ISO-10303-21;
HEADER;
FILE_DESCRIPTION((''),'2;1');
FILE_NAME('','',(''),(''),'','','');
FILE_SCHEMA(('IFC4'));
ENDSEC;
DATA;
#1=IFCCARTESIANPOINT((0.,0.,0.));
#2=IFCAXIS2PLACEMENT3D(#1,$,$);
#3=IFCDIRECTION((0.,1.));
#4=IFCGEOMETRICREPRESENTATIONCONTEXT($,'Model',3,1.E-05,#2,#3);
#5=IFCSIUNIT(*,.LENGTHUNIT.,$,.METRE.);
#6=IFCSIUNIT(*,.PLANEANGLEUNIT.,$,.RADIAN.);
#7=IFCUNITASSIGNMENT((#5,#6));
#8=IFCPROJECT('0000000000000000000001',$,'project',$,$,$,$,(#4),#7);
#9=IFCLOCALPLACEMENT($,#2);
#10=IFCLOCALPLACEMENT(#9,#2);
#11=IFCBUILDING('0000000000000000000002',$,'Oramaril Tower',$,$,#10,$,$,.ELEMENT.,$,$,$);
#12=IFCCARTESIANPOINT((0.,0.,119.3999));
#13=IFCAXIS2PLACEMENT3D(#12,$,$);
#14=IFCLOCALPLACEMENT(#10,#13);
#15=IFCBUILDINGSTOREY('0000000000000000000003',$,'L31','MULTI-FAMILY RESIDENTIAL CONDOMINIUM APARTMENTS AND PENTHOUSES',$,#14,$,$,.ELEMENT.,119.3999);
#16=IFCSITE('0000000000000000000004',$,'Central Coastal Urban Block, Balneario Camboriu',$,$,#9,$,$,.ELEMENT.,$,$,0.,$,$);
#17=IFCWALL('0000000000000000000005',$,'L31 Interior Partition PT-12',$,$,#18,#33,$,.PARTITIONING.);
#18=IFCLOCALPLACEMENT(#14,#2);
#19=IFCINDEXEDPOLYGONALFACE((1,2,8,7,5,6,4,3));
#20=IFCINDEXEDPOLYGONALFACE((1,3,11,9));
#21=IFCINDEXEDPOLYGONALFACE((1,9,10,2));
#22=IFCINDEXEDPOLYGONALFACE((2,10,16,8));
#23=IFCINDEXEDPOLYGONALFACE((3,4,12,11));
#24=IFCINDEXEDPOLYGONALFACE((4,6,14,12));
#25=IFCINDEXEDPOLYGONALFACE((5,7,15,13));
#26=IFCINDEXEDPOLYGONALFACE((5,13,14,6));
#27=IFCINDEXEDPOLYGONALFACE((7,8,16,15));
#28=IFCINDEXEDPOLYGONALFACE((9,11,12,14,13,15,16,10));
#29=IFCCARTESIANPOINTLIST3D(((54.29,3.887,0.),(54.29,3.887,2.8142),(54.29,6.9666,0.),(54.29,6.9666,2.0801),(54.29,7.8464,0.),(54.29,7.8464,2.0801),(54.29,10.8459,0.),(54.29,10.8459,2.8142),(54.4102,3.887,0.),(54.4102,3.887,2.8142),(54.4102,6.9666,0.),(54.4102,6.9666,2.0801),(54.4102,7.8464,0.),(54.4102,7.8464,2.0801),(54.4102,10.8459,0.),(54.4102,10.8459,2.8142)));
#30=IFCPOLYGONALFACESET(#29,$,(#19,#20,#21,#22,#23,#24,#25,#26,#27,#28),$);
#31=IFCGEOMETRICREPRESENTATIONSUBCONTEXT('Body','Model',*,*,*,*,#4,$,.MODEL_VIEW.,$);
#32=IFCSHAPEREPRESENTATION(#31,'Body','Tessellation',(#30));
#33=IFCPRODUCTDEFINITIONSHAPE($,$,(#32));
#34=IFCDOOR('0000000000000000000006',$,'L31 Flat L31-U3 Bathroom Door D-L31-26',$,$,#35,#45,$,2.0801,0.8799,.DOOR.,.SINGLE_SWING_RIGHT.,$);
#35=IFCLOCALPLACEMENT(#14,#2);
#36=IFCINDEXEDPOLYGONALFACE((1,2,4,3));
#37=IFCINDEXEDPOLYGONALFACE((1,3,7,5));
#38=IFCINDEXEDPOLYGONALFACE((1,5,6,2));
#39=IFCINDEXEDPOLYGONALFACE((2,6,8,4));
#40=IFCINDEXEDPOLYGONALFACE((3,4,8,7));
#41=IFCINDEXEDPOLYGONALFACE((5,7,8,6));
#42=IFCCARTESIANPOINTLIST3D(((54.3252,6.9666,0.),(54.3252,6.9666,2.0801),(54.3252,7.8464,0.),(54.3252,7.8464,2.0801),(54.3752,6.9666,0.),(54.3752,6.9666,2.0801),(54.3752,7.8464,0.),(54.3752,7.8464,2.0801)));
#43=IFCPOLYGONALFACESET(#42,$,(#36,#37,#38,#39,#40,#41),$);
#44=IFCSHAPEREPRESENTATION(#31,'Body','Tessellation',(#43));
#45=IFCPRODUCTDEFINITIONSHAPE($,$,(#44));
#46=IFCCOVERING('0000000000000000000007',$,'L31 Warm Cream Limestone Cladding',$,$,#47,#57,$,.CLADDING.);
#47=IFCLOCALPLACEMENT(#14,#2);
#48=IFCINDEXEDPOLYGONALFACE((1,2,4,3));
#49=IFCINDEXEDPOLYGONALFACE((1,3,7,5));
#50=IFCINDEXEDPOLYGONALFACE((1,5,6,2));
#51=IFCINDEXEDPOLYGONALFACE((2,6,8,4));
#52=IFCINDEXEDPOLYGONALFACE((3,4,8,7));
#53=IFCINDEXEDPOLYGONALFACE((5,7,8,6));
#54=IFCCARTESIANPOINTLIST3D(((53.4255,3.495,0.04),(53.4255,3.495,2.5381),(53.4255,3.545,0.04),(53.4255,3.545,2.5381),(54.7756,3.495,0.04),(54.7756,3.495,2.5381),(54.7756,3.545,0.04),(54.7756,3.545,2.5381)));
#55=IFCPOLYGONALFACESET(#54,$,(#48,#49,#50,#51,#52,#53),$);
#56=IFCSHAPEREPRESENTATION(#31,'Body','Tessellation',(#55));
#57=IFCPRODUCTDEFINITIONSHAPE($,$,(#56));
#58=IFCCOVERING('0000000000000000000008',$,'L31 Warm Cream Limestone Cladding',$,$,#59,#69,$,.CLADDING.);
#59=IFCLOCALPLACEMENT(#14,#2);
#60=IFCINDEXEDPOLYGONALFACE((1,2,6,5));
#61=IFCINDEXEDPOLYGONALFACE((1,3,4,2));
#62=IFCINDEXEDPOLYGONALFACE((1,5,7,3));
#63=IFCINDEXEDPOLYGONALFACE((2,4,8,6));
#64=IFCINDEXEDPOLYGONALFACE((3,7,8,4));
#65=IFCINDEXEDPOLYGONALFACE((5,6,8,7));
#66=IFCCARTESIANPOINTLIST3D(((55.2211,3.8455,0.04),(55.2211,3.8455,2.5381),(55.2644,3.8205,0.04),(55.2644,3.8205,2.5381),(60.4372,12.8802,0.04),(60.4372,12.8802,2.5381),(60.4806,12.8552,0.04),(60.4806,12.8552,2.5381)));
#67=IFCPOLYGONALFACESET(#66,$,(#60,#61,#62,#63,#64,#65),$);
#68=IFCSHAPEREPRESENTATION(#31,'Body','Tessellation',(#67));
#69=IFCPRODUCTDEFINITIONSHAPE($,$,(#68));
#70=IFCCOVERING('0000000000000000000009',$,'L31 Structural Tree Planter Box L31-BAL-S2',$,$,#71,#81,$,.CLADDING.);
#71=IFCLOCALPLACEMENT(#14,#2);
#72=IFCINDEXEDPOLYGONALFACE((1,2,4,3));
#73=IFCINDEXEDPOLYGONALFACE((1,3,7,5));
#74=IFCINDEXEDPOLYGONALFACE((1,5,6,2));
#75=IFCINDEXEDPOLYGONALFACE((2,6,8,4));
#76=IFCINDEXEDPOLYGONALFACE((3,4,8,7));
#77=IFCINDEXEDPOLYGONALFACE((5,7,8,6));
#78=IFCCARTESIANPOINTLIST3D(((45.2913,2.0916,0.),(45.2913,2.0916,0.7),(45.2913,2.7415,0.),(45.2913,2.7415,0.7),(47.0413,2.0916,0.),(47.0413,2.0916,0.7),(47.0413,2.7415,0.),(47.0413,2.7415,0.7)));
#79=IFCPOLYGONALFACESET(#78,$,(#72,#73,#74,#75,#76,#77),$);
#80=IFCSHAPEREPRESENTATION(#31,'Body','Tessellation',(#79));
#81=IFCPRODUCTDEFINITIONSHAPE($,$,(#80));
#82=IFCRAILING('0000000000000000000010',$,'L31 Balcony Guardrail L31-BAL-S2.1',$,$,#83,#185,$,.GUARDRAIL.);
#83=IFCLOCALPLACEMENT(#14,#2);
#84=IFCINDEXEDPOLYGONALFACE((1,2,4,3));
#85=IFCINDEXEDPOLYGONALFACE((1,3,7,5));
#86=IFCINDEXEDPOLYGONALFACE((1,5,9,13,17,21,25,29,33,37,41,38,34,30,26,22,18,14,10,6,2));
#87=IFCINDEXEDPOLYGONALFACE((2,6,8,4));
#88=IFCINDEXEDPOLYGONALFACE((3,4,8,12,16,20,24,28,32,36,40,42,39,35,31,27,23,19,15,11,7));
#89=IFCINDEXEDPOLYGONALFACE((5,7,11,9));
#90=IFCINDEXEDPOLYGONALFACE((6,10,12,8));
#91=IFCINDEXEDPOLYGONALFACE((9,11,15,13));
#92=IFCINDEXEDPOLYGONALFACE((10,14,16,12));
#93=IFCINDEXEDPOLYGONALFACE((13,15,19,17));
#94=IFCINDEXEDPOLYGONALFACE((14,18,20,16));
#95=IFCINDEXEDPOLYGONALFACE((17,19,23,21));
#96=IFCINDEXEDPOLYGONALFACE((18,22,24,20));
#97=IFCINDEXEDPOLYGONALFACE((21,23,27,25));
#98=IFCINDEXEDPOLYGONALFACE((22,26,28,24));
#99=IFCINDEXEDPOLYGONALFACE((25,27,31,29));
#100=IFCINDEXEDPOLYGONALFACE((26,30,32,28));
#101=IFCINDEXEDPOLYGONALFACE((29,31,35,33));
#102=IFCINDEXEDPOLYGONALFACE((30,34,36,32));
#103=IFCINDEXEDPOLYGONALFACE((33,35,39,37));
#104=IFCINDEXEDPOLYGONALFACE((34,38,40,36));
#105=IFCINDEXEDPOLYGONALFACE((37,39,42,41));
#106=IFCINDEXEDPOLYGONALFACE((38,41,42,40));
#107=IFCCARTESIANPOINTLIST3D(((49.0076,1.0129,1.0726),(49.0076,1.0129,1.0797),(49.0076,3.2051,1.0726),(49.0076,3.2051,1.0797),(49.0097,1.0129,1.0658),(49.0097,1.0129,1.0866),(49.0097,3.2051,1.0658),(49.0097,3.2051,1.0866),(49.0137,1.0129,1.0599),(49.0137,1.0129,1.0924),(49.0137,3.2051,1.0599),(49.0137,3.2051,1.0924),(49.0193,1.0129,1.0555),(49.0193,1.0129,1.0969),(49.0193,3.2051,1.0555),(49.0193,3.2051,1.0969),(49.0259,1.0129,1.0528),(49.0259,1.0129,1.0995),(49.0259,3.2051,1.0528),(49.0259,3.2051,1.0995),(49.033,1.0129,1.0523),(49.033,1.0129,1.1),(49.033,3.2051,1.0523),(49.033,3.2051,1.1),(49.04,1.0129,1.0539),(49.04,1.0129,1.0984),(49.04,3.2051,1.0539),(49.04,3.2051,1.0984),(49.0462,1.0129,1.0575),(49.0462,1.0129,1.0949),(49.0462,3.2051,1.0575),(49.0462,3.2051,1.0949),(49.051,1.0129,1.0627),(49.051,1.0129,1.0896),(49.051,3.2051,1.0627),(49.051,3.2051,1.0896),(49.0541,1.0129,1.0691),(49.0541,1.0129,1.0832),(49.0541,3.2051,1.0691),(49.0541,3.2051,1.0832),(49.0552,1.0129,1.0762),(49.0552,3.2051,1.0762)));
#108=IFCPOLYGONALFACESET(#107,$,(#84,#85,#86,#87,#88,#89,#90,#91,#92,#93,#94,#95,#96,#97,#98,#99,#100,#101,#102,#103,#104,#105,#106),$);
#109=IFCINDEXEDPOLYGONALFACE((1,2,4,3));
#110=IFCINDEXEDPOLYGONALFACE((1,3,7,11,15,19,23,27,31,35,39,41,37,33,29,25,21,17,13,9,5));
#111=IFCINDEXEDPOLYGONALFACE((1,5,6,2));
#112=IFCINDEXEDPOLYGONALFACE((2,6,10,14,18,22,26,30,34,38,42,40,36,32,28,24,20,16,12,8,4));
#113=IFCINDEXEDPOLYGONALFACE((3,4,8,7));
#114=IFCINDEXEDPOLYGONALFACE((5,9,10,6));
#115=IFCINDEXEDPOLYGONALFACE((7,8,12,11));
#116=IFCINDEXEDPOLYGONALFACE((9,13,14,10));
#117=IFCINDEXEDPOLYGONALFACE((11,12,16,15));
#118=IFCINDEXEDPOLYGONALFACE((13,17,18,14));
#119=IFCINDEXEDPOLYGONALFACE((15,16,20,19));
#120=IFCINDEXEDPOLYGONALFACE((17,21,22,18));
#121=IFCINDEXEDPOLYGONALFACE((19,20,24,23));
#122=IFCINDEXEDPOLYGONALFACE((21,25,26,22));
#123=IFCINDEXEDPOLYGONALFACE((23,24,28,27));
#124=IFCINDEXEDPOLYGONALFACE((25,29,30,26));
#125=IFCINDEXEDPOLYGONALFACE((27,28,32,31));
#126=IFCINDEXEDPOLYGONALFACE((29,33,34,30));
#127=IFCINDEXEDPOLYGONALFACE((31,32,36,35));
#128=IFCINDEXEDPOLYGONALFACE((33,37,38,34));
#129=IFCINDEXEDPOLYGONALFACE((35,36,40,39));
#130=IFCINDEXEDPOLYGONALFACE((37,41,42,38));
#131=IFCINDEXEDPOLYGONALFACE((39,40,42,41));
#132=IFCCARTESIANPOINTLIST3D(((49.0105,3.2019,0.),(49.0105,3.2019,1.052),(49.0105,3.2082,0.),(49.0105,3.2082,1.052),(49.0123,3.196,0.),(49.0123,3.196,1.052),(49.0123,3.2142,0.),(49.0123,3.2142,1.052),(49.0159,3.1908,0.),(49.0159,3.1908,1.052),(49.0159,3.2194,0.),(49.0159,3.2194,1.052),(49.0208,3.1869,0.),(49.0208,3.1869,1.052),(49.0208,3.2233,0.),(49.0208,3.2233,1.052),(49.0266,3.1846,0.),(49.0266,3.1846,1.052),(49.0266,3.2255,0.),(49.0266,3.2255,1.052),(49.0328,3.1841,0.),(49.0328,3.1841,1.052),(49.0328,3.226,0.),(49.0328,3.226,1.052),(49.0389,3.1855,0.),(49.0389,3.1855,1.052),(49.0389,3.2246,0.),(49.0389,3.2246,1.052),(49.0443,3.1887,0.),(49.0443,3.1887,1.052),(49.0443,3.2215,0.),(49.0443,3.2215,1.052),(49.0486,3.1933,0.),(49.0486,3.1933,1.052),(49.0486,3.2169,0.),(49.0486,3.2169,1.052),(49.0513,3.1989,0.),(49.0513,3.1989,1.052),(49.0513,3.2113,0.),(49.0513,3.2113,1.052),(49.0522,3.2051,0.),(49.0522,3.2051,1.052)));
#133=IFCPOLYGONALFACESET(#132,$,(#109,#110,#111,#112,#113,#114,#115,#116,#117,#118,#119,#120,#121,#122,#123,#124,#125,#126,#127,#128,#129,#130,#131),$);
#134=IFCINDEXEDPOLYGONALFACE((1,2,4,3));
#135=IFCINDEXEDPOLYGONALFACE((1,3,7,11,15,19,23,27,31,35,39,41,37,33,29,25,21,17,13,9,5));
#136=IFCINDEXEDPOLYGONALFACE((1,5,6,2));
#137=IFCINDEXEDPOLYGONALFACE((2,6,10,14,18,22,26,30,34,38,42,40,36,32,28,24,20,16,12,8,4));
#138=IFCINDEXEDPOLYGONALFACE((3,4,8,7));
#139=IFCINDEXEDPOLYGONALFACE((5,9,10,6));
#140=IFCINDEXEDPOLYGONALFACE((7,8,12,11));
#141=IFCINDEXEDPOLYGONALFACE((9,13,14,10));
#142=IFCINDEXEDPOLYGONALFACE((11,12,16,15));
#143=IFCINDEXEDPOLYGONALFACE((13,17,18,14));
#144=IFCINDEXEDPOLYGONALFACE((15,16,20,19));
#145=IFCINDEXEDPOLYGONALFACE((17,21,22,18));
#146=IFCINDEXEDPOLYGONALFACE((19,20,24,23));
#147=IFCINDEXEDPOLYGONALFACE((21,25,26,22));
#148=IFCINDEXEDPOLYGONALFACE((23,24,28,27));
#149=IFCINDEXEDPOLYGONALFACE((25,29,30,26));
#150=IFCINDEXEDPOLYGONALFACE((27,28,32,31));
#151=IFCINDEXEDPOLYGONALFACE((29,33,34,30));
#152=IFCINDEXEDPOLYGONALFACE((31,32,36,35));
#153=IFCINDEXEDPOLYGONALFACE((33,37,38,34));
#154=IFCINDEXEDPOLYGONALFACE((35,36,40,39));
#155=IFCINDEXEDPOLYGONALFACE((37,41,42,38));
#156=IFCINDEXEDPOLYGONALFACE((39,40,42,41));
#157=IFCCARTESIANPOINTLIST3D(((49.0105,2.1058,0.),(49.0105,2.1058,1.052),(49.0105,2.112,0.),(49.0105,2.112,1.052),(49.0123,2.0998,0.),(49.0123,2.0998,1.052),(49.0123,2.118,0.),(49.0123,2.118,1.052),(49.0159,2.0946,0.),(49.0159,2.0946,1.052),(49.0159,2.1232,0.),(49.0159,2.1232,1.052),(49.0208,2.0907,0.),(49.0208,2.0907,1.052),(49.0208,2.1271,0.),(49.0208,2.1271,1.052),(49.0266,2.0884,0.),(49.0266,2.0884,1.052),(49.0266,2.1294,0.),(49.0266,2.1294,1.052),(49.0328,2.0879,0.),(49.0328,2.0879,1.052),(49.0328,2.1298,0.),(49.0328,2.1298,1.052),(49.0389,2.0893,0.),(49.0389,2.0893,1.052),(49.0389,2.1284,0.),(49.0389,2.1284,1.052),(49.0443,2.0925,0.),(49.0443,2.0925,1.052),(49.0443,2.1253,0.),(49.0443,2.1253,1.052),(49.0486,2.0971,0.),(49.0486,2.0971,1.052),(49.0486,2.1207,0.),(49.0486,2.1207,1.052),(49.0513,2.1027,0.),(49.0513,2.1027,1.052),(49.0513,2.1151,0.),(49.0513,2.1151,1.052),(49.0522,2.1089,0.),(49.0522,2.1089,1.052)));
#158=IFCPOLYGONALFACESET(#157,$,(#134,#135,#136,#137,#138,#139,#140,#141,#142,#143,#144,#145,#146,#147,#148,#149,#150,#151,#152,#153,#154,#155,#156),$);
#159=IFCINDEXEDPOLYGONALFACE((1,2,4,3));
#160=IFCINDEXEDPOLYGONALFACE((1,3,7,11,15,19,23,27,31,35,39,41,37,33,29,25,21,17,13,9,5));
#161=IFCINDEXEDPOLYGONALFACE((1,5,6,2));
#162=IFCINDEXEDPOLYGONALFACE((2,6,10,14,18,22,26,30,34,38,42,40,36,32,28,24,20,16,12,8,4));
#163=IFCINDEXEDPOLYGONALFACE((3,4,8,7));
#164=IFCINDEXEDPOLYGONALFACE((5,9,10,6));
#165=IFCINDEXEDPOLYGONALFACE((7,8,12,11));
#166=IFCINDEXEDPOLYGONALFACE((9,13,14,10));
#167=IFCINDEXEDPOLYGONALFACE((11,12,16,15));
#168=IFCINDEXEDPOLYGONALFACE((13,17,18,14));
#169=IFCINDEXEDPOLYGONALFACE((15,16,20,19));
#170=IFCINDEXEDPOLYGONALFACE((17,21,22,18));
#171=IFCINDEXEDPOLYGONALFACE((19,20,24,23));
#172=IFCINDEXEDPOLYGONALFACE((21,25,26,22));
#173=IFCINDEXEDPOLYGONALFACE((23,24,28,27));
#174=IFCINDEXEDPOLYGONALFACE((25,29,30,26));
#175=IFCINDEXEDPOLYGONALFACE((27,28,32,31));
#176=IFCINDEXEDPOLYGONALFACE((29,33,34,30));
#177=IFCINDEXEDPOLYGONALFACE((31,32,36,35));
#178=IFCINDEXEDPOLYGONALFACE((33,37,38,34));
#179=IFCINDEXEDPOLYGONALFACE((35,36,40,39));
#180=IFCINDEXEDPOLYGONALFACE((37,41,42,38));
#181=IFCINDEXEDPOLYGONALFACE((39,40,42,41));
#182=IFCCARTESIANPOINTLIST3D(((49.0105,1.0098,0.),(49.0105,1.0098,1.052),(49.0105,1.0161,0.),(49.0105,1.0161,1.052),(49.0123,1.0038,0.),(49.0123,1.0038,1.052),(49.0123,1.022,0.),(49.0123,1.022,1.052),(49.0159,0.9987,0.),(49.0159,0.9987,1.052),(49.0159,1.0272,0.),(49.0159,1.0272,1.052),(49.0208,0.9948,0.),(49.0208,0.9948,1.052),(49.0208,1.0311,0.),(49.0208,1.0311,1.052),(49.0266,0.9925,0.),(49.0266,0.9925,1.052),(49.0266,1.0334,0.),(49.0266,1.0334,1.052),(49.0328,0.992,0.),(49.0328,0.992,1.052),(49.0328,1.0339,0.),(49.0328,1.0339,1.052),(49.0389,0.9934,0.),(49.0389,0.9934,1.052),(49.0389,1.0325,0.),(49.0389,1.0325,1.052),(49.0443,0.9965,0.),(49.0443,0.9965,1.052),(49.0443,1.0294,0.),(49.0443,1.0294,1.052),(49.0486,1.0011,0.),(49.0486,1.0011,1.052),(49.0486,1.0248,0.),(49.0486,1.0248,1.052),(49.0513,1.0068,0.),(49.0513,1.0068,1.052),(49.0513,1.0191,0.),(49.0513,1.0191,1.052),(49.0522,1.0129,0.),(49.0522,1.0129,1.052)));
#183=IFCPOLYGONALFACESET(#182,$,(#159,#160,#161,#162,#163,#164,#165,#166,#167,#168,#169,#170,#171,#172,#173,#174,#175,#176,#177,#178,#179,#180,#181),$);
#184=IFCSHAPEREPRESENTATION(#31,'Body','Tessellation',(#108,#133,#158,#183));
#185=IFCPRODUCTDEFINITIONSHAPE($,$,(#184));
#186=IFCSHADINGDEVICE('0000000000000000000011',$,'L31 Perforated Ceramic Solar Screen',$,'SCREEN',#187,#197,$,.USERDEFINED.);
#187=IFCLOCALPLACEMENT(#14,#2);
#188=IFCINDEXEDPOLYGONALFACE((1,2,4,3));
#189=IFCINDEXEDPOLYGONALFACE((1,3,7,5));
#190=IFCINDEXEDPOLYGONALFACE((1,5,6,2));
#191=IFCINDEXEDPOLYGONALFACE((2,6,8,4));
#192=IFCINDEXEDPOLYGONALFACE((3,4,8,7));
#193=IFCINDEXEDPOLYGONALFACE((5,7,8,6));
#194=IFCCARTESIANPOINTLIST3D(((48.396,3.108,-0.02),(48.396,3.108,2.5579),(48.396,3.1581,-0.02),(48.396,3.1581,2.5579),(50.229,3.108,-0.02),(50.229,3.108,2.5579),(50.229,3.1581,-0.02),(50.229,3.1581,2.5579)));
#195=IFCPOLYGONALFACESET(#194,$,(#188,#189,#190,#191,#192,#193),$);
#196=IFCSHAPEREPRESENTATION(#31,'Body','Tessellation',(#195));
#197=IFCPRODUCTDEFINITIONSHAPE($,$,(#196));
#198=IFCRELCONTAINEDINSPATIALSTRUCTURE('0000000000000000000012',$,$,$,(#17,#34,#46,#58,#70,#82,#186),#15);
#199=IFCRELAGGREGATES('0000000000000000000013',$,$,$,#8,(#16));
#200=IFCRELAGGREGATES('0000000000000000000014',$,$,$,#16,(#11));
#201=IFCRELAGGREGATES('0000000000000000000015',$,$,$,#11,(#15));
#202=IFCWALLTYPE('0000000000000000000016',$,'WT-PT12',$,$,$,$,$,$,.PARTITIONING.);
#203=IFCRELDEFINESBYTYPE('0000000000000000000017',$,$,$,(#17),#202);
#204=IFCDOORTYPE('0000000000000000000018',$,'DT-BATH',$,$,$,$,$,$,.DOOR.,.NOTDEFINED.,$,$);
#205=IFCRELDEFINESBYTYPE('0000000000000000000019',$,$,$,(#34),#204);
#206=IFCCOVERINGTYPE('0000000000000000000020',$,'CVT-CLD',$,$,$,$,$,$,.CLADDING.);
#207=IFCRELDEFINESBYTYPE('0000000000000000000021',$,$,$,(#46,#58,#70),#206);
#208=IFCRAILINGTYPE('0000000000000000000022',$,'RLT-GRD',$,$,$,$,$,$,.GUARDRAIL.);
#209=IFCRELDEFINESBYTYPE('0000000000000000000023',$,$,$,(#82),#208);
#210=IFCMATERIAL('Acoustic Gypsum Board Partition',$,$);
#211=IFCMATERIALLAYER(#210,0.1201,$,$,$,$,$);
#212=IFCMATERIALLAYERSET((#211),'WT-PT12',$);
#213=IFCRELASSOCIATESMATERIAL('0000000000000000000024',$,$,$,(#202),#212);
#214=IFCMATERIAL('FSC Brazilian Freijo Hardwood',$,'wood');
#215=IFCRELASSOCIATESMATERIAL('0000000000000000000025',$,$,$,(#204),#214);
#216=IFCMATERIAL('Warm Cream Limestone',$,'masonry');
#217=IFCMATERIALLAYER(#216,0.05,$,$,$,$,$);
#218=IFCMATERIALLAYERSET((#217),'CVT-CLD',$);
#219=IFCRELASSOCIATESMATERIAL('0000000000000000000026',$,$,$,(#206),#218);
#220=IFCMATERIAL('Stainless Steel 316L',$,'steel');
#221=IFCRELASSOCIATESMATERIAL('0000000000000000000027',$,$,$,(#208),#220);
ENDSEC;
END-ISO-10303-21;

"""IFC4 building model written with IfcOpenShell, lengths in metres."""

from ifc_helpers import new_model, si_unit, direction, frame, frame_2d, origin, origin_2d, place, context, subcontext, project, spatial, rectangle, circle, extrude, material, layer, layer_set, type_object, element, fill, save


model = new_model("IFC4")

# Units and contexts
model_context = context("Model", 3, precision=1e-05, world=origin(), true_north=direction((0.0, 1.0)))
body_context = subcontext(model_context, "Body", "Model", "MODEL_VIEW")
ifc_project = project(units=[si_unit("LENGTHUNIT", "METRE"), si_unit("PLANEANGLEUNIT", "RADIAN")], contexts=[model_context])

# Site, building, storey
site_placement = place(None, origin())
site = spatial("IfcSite", under=ifc_project, at=site_placement, Name="Central Coastal Urban Block, Balneario Camboriu", CompositionType="ELEMENT", RefElevation=0.0)
building_placement = place(site_placement, origin())
building = spatial("IfcBuilding", under=site, at=building_placement, Name="Oramaril Tower", CompositionType="ELEMENT")
storey_placement = place(building_placement, frame((0.0, 0.0, 119.3999)))
storey = spatial("IfcBuildingStorey", under=building, at=storey_placement, Name="L31", Description="MULTI-FAMILY RESIDENTIAL CONDOMINIUM APARTMENTS AND PENTHOUSES", CompositionType="ELEMENT", Elevation=119.3999)

# Wall, opening, door
ifc_material_1 = material(Name="Acoustic Gypsum Board Partition")
ifc_layer_1 = layer(ifc_material_1, 0.1201)
ifc_layer_set_1 = layer_set([ifc_layer_1], Name="WT-PT12")
wall_type_1 = type_object("IfcWallType", Name="WT-PT12", PredefinedType="PARTITIONING", material=ifc_layer_set_1)
wall_1_placement = place(storey_placement, frame((54.3501, 3.887, 0.0), z_axis=(0.0, 0.0, 1.0), x_axis=(0.0, 1.0, 0.0)))
wall_1 = element("IfcWall", 1, at=wall_1_placement, inside=storey, type_object=wall_type_1, Name="L31 Interior Partition PT-12", PredefinedType="PARTITIONING", context=body_context, shape_type="SweptSolid", body=[
    extrude(rectangle(XDim=6.959, YDim=0.1201, at=frame_2d((3.4795, 0.0))), origin(), (0.0, 0.0, 1.0), 2.8142),
])
opening_placement = place(wall_1_placement, frame((3.0796, 0.0, 0.0)))
opening = element("IfcOpeningElement", 2, at=opening_placement, cuts=wall_1, PredefinedType="OPENING", context=body_context, shape_type="SweptSolid", body=[
    extrude(rectangle(XDim=0.8799, YDim=2.0801, at=frame_2d((0.4399, 1.04))), frame((0.0, 0.0601, 0.0), z_axis=(0.0, -1.0, 0.0), x_axis=(1.0, 0.0, 0.0)), (0.0, 0.0, 1.0), 0.1201),
])
ifc_material_2 = material(Name="FSC Brazilian Freijo Hardwood", Category="wood")
door_type = type_object("IfcDoorType", Name="DT-BATH", OperationType="NOTDEFINED", PredefinedType="DOOR", material=ifc_material_2)
door_placement = place(opening_placement, origin())
door = element("IfcDoor", 3, at=door_placement, inside=storey, type_object=door_type, Name="L31 Flat L31-U3 Bathroom Door D-L31-26", OperationType="SINGLE_SWING_RIGHT", OverallHeight=2.0801, OverallWidth=0.8799, PredefinedType="DOOR", context=body_context, shape_type="SweptSolid", body=[
    extrude(rectangle(XDim=0.8799, YDim=2.0801, at=frame_2d((0.4399, 1.04))), frame((0.0, 0.0249, 0.0), z_axis=(0.0, -1.0, 0.0), x_axis=(1.0, 0.0, 0.0)), (0.0, 0.0, 1.0), 0.05),
])
fill(opening, door)

# Coverings
ifc_material_3 = material(Name="Warm Cream Limestone", Category="masonry")
ifc_layer_2 = layer(ifc_material_3, 0.05)
ifc_layer_set_2 = layer_set([ifc_layer_2], Name="CVT-CLD")
covering_type = type_object("IfcCoveringType", Name="CVT-CLD", PredefinedType="CLADDING", material=ifc_layer_set_2)
covering_1_placement = place(storey_placement, frame((54.1006, 3.52, 0.04), z_axis=(0.0, 0.0, 1.0), x_axis=(1.0, 0.0, 0.0)))
element("IfcCovering", 4, at=covering_1_placement, inside=storey, type_object=covering_type, Name="L31 Warm Cream Limestone Cladding", PredefinedType="CLADDING", context=body_context, shape_type="SweptSolid", body=[
    extrude(rectangle(XDim=1.3501, YDim=0.05, at=origin_2d()), origin(), (0.0, 0.0, 1.0), 2.498),
])
covering_2_placement = place(storey_placement, frame((57.8508, 8.3503, 0.04), z_axis=(0.0, 0.0, 1.0), x_axis=(0.499994, 0.866029, 0.0)))
element("IfcCovering", 5, at=covering_2_placement, inside=storey, type_object=covering_type, Name="L31 Warm Cream Limestone Cladding", PredefinedType="CLADDING", context=body_context, shape_type="SweptSolid", body=[
    extrude(rectangle(XDim=10.4324, YDim=0.05, at=origin_2d()), origin(), (0.0, 0.0, 1.0), 2.498),
])
covering_3_placement = place(storey_placement, frame((46.1663, 2.4165, 0.0), z_axis=(0.0, 0.0, 1.0), x_axis=(1.0, 0.0, 0.0)))
element("IfcCovering", 6, at=covering_3_placement, inside=storey, type_object=covering_type, Name="L31 Structural Tree Planter Box L31-BAL-S2", PredefinedType="CLADDING", context=body_context, shape_type="SweptSolid", body=[
    extrude(rectangle(XDim=1.75, YDim=0.6499, at=origin_2d()), origin(), (0.0, 0.0, 1.0), 0.7),
])

# Railing
ifc_material_4 = material(Name="Stainless Steel 316L", Category="steel")
railing_type = type_object("IfcRailingType", Name="RLT-GRD", PredefinedType="GUARDRAIL", material=ifc_material_4)
railing_1_placement = place(storey_placement, frame((49.0312, 3.2051, 0.0)))
element("IfcRailing", 7, at=railing_1_placement, inside=storey, type_object=railing_type, Name="L31 Balcony Guardrail L31-BAL-S2.1", PredefinedType="GUARDRAIL", context=body_context, shape_type="SweptSolid", body=[
    extrude(circle(Radius=0.0239, at=origin_2d()), frame((0.0, 0.0, 1.0762), z_axis=(0.0, -1.0, 0.0), x_axis=(1.0, 0.0, 0.0)), (0.0, 0.0, 1.0), 2.1921),
    extrude(circle(Radius=0.021, at=origin_2d()), origin(), (0.0, 0.0, 1.0), 1.052),
    extrude(circle(Radius=0.021, at=origin_2d()), frame((0.0, -1.0962, 0.0)), (0.0, 0.0, 1.0), 1.052),
    extrude(circle(Radius=0.021, at=origin_2d()), frame((0.0, -2.1921, 0.0)), (0.0, 0.0, 1.0), 1.052),
])

# Shading device
for number, where, z_axis, x_axis, name in (
    (8, (49.3125, 3.1331, -0.02), (0.0, 0.0, 1.0), (1.0, 0.0, 0.0), "L31 Perforated Ceramic Solar Screen"),
):
    element("IfcShadingDevice", number, at=place(storey_placement, frame(where, z_axis=z_axis, x_axis=x_axis)), inside=storey, Name=name, ObjectType="SCREEN", PredefinedType="USERDEFINED", context=body_context, shape_type="SweptSolid", body=[
        extrude(rectangle(XDim=1.833, YDim=0.05, at=origin_2d()), origin(), (0.0, 0.0, 1.0), 2.5779),
    ])

save(model, "model.ifc")
